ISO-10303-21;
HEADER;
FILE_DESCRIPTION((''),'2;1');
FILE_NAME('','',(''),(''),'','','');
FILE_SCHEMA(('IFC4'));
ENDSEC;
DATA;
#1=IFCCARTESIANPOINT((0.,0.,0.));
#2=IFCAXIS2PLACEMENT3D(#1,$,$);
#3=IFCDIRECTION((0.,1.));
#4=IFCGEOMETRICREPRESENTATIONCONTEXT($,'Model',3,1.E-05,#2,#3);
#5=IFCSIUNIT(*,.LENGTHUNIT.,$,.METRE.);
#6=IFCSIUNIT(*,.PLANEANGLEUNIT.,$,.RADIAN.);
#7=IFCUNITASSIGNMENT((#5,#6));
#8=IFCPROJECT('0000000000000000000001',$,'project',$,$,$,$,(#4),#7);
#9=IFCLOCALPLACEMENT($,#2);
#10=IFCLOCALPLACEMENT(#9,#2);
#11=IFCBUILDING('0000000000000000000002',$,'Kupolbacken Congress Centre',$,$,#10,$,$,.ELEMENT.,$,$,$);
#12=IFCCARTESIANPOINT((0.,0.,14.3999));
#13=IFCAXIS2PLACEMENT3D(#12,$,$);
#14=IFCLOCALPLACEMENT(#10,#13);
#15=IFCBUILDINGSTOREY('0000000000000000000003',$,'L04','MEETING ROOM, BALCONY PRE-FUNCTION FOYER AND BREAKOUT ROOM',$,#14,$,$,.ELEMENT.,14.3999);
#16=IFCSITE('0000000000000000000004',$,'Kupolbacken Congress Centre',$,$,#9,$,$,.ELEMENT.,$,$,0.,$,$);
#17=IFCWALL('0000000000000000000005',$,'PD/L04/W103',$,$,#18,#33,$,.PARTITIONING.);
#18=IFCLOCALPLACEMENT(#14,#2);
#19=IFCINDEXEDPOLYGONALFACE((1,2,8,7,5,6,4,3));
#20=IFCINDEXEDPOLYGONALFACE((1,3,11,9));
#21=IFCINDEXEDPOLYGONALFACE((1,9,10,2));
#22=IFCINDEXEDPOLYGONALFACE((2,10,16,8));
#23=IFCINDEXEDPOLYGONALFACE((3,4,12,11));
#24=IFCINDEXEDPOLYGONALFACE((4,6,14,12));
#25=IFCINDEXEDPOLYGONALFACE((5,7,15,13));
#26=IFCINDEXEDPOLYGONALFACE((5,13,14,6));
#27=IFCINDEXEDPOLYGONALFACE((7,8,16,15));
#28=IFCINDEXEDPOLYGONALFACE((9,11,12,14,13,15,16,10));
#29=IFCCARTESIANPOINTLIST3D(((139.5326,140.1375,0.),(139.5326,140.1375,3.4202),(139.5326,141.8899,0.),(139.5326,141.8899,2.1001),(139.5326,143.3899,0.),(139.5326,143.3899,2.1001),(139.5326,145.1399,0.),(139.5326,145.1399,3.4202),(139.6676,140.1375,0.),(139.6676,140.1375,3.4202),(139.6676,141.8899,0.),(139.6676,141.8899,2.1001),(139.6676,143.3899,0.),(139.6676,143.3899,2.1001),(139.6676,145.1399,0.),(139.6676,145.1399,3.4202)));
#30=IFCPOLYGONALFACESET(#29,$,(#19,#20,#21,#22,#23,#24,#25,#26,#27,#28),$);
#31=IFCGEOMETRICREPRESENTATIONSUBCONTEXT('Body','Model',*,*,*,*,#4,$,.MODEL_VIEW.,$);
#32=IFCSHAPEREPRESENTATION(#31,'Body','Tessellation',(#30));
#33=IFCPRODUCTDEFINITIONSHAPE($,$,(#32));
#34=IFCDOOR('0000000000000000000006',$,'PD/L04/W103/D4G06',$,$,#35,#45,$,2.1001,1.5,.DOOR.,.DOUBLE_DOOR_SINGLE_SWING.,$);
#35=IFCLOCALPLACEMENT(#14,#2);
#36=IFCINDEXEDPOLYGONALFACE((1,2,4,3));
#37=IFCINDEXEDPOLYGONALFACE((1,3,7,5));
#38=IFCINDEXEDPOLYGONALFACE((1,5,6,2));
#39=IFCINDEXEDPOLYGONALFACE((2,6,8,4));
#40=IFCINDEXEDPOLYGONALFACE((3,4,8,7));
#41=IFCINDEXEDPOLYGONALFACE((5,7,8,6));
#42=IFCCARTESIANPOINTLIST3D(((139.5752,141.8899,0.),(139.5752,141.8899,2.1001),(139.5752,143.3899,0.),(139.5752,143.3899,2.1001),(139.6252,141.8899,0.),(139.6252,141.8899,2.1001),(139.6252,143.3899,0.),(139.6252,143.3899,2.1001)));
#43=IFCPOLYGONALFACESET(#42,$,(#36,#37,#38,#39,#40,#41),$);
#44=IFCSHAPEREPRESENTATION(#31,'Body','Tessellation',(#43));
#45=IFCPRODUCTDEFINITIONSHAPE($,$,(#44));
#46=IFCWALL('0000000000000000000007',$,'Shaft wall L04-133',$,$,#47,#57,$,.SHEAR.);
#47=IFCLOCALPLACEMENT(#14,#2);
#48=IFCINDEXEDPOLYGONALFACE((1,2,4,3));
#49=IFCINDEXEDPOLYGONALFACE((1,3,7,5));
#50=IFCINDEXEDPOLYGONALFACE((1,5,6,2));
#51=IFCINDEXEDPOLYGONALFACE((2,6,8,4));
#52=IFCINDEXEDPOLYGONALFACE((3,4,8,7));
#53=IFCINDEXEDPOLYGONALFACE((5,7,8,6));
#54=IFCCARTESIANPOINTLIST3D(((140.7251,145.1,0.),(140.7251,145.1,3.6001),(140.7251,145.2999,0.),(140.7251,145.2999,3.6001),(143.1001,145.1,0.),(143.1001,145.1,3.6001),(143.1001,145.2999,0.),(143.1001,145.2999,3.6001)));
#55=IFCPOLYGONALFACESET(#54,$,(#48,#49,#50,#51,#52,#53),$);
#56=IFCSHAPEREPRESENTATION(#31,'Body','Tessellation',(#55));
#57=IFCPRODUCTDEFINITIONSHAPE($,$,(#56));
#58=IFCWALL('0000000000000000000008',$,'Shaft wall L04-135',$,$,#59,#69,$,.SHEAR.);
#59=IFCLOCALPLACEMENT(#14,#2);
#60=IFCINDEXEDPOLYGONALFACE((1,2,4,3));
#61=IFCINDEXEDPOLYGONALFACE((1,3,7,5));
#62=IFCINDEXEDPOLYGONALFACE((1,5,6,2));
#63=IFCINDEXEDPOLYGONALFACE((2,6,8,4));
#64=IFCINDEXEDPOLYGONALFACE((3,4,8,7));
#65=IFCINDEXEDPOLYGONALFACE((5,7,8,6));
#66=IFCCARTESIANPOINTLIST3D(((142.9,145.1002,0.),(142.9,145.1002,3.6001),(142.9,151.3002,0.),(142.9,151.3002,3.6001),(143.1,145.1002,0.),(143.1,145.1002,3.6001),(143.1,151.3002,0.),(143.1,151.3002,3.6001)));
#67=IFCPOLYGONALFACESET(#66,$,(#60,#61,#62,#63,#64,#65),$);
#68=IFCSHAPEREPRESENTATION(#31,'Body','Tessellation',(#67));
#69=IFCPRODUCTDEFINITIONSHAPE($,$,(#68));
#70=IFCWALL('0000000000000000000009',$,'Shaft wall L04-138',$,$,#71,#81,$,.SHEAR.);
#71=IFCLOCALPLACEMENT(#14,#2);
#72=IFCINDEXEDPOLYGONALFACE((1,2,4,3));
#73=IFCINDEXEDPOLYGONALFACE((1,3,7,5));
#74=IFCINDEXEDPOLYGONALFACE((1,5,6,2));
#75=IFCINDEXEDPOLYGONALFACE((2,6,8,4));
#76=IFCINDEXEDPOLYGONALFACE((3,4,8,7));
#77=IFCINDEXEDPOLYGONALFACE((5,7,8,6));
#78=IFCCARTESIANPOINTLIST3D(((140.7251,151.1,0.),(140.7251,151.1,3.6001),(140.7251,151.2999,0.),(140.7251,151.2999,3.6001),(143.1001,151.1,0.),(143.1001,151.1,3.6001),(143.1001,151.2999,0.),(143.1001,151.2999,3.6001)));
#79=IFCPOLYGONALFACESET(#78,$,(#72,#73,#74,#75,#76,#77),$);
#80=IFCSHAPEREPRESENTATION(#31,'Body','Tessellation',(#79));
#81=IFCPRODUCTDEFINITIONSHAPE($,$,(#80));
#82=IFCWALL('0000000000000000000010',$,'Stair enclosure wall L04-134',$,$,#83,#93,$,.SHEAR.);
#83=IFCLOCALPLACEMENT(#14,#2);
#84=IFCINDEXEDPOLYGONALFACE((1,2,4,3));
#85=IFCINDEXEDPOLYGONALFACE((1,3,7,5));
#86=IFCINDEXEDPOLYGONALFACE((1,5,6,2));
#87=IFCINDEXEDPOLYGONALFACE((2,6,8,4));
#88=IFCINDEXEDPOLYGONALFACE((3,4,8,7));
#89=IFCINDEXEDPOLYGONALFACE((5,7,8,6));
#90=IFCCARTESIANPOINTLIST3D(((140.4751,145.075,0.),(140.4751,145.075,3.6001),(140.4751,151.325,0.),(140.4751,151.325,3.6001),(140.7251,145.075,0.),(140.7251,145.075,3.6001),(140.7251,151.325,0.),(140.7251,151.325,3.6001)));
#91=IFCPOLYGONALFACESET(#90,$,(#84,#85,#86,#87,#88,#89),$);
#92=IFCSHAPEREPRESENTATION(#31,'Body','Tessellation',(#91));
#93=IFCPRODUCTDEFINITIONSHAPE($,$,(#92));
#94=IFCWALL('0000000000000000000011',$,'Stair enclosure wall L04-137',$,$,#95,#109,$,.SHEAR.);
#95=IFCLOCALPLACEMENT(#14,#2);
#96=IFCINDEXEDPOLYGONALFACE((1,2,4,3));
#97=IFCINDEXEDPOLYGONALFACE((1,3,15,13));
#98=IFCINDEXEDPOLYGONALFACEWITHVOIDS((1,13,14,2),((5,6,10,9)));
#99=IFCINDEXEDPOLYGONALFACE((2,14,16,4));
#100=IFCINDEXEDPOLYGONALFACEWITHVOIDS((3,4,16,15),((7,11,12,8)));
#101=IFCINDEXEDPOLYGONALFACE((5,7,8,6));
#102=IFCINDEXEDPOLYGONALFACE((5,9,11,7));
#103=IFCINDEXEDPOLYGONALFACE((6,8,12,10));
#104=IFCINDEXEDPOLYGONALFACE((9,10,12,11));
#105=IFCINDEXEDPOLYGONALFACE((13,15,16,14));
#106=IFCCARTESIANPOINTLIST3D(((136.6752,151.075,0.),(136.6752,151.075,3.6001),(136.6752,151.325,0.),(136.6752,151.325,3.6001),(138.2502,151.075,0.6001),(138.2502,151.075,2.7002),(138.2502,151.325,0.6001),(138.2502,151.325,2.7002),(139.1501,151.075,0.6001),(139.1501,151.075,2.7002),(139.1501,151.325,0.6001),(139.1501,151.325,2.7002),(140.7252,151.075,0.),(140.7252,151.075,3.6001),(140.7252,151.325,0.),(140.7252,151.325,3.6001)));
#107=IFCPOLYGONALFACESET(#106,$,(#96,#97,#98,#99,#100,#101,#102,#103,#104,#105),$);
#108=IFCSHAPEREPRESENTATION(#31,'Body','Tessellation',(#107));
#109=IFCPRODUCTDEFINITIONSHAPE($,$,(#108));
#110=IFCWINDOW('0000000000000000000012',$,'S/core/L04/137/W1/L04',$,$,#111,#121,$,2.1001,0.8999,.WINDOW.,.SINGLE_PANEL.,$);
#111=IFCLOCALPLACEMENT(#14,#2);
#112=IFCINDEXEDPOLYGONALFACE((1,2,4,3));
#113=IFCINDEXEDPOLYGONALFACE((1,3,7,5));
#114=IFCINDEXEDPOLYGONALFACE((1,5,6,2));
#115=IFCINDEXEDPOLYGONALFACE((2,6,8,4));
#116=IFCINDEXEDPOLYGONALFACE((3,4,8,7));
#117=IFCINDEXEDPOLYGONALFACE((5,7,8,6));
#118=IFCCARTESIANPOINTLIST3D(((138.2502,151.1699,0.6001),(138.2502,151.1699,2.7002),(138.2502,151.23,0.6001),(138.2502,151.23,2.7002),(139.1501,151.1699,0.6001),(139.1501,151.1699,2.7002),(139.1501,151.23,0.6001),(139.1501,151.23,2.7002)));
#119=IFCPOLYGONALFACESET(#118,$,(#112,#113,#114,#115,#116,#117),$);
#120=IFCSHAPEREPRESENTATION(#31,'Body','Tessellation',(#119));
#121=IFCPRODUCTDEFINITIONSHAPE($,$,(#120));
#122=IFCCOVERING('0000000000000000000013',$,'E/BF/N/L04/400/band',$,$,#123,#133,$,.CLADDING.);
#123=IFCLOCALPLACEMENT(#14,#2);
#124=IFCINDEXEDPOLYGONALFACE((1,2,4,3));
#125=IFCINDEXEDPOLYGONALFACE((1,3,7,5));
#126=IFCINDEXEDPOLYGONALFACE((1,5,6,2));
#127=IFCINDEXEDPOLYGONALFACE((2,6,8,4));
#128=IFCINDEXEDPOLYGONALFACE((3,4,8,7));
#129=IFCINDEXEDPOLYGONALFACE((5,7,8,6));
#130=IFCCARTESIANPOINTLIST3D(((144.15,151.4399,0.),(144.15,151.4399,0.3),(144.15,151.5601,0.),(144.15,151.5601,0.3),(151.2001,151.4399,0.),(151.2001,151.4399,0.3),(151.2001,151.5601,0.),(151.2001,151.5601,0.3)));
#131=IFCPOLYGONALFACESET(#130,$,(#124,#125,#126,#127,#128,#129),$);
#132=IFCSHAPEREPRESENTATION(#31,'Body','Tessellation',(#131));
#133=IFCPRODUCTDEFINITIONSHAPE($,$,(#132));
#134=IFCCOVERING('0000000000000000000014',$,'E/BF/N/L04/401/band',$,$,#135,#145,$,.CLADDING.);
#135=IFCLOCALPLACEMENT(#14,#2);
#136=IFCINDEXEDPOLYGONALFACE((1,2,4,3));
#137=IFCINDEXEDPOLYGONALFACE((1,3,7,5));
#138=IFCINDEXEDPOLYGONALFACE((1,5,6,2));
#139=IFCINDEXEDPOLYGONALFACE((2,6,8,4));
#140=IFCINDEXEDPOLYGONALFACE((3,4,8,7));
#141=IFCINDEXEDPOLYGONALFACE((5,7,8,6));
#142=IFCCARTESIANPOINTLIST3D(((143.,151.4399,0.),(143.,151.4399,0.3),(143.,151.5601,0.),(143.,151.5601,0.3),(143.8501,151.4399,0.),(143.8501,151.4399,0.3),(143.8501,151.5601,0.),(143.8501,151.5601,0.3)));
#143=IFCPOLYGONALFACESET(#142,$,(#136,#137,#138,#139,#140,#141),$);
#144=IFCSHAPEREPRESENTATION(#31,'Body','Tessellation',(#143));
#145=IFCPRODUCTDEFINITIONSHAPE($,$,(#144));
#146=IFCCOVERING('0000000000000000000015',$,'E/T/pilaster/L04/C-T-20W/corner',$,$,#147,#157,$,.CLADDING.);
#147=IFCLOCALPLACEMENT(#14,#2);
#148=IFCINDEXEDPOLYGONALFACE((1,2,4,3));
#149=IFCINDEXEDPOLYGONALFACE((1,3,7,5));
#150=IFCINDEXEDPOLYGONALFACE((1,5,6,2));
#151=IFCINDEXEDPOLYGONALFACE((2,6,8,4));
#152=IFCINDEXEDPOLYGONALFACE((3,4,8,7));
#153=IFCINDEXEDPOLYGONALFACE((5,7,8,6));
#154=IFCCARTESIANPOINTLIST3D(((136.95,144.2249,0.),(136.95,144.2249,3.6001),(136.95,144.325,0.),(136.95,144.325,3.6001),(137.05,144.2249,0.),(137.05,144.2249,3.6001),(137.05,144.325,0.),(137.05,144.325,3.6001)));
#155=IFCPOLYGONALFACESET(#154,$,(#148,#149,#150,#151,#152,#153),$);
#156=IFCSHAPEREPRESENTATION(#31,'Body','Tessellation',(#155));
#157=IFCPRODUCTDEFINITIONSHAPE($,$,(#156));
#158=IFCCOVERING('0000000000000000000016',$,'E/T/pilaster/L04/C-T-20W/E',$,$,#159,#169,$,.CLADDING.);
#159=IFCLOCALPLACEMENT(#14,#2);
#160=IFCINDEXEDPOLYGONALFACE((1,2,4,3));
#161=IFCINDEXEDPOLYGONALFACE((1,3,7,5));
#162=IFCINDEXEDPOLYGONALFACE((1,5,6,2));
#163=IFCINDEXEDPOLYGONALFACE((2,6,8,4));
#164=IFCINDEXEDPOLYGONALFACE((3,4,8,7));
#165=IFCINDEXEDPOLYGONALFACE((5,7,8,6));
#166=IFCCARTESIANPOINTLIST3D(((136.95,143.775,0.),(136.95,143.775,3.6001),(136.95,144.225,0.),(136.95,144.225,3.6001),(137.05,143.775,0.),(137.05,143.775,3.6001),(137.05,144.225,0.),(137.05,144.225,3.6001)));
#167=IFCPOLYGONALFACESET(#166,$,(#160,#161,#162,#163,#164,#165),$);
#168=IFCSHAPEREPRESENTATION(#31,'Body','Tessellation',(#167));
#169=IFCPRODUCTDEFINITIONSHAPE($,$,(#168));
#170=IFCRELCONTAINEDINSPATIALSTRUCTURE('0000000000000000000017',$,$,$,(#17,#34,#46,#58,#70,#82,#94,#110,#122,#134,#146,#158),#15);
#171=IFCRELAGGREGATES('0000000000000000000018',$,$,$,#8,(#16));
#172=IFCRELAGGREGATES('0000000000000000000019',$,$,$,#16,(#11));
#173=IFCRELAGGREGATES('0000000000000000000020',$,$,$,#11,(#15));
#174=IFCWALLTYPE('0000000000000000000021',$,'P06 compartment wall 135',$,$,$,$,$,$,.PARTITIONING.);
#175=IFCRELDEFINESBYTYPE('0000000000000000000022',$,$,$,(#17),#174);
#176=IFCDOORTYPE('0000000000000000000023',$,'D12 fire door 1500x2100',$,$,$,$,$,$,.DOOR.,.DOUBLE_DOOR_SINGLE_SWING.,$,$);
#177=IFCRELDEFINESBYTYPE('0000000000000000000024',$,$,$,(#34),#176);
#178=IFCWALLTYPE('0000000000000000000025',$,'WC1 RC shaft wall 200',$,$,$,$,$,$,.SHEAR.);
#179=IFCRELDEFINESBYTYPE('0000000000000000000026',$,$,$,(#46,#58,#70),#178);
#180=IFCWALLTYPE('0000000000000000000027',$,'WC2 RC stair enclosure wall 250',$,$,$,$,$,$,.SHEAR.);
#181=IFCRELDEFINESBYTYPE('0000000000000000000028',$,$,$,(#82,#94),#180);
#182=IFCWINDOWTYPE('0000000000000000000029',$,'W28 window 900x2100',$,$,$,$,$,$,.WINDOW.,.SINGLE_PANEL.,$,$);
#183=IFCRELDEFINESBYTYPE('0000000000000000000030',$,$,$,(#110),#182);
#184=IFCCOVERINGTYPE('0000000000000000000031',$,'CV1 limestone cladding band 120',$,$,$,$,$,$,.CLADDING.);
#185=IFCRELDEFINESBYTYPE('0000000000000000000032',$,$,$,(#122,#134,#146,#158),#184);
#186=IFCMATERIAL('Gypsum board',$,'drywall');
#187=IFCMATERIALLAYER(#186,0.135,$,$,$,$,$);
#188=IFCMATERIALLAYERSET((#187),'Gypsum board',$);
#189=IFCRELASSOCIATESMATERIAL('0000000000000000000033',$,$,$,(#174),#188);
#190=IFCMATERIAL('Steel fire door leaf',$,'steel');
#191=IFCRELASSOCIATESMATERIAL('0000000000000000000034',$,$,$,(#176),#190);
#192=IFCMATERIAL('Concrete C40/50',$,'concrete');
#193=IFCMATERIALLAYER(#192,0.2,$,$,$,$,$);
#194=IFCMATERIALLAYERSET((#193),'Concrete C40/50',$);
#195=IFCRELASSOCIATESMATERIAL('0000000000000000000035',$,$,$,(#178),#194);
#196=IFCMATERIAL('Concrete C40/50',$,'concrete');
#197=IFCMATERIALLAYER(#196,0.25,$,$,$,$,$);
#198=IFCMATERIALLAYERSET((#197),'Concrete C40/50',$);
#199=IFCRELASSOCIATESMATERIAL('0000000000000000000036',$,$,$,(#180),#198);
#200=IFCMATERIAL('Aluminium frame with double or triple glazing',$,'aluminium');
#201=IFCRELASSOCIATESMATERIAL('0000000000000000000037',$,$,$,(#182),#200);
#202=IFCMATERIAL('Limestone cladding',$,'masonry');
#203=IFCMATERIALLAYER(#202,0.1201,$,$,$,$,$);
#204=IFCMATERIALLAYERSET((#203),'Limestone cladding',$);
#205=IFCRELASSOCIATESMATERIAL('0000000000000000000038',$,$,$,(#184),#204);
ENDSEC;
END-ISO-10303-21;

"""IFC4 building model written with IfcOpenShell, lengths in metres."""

from ifc_helpers import new_model, si_unit, direction, frame, frame_2d, origin, origin_2d, place, context, subcontext, project, spatial, rectangle, extrude, material, layer, layer_set, type_object, element, fill, save


model = new_model("IFC4")

# Units and contexts
model_context = context("Model", 3, precision=1e-05, world=origin(), true_north=direction((0.0, 1.0)))
body_context = subcontext(model_context, "Body", "Model", "MODEL_VIEW")
ifc_project = project(units=[si_unit("LENGTHUNIT", "METRE"), si_unit("PLANEANGLEUNIT", "RADIAN")], contexts=[model_context])

# Site, building, storey
site_placement = place(None, origin())
site = spatial("IfcSite", under=ifc_project, at=site_placement, Name="Kupolbacken Congress Centre", CompositionType="ELEMENT", RefElevation=0.0)
building_placement = place(site_placement, origin())
building = spatial("IfcBuilding", under=site, at=building_placement, Name="Kupolbacken Congress Centre", CompositionType="ELEMENT")
storey_placement = place(building_placement, frame((0.0, 0.0, 14.3999)))
storey = spatial("IfcBuildingStorey", under=building, at=storey_placement, Name="L04", Description="MEETING ROOM, BALCONY PRE-FUNCTION FOYER AND BREAKOUT ROOM", CompositionType="ELEMENT", Elevation=14.3999)

# Wall, opening, door
ifc_material_1 = material(Name="Gypsum board", Category="drywall")
ifc_layer_1 = layer(ifc_material_1, 0.135)
ifc_layer_set_1 = layer_set([ifc_layer_1], Name="Gypsum board")
wall_type_1 = type_object("IfcWallType", Name="P06 compartment wall 135", PredefinedType="PARTITIONING", material=ifc_layer_set_1)
wall_1_placement = place(storey_placement, frame((139.6001, 145.1399, 0.0), z_axis=(0.0, 0.0, 1.0), x_axis=(0.0, -1.0, 0.0)))
wall_1 = element("IfcWall", 1, at=wall_1_placement, inside=storey, type_object=wall_type_1, Name="PD/L04/W103", PredefinedType="PARTITIONING", context=body_context, shape_type="SweptSolid", body=[
    extrude(rectangle(XDim=5.0024, YDim=0.135, at=frame_2d((2.5012, 0.0))), origin(), (0.0, 0.0, 1.0), 3.4202),
])
opening_1_placement = place(wall_1_placement, frame((1.75, 0.0, 0.0)))
opening_1 = element("IfcOpeningElement", 2, at=opening_1_placement, cuts=wall_1, PredefinedType="OPENING", context=body_context, shape_type="SweptSolid", body=[
    extrude(rectangle(XDim=1.5, YDim=2.1001, at=frame_2d((0.75, 1.05))), frame((0.0, 0.0774, 0.0), z_axis=(0.0, -1.0, 0.0), x_axis=(1.0, 0.0, 0.0)), (0.0, 0.0, 1.0), 0.155),
])
ifc_material_2 = material(Name="Steel fire door leaf", Category="steel")
door_type = type_object("IfcDoorType", Name="D12 fire door 1500x2100", OperationType="DOUBLE_DOOR_SINGLE_SWING", PredefinedType="DOOR", material=ifc_material_2)
door_placement = place(opening_1_placement, frame((1.5, 0.0, 0.0), z_axis=(0.0, 0.0, 1.0), x_axis=(-1.0, 0.0, 0.0)))
door = element("IfcDoor", 3, at=door_placement, inside=storey, type_object=door_type, Name="PD/L04/W103/D4G06", OperationType="DOUBLE_DOOR_SINGLE_SWING", OverallHeight=2.1001, OverallWidth=1.5, PredefinedType="DOOR", context=body_context, shape_type="SweptSolid", body=[
    extrude(rectangle(XDim=1.5, YDim=2.1001, at=frame_2d((0.75, 1.05))), frame((0.0, 0.0249, 0.0), z_axis=(0.0, -1.0, 0.0), x_axis=(1.0, 0.0, 0.0)), (0.0, 0.0, 1.0), 0.05),
])
fill(opening_1, door)

# Walls
ifc_material_3 = material(Name="Concrete C40/50", Category="concrete")
ifc_layer_2 = layer(ifc_material_3, 0.2)
ifc_layer_set_2 = layer_set([ifc_layer_2], Name="Concrete C40/50")
wall_type_2 = type_object("IfcWallType", Name="WC1 RC shaft wall 200", PredefinedType="SHEAR", material=ifc_layer_set_2)
wall_2_placement = place(storey_placement, frame((140.7251, 145.2, 0.0), z_axis=(0.0, 0.0, 1.0), x_axis=(1.0, 0.0, 0.0)))
element("IfcWall", 4, at=wall_2_placement, inside=storey, type_object=wall_type_2, Name="Shaft wall L04-133", PredefinedType="SHEAR", context=body_context, shape_type="SweptSolid", body=[
    extrude(rectangle(XDim=2.375, YDim=0.2, at=frame_2d((1.1875, 0.0))), origin(), (0.0, 0.0, 1.0), 3.6001),
])
wall_3_placement = place(storey_placement, frame((143.0, 145.1001, 0.0), z_axis=(0.0, 0.0, 1.0), x_axis=(0.0, 1.0, 0.0)))
element("IfcWall", 5, at=wall_3_placement, inside=storey, type_object=wall_type_2, Name="Shaft wall L04-135", PredefinedType="SHEAR", context=body_context, shape_type="SweptSolid", body=[
    extrude(rectangle(XDim=6.2, YDim=0.2, at=frame_2d((3.1001, 0.0))), origin(), (0.0, 0.0, 1.0), 3.6001),
])
wall_4_placement = place(storey_placement, frame((143.1001, 151.2, 0.0), z_axis=(0.0, 0.0, 1.0), x_axis=(-1.0, 0.0, 0.0)))
element("IfcWall", 6, at=wall_4_placement, inside=storey, type_object=wall_type_2, Name="Shaft wall L04-138", PredefinedType="SHEAR", context=body_context, shape_type="SweptSolid", body=[
    extrude(rectangle(XDim=2.375, YDim=0.2, at=frame_2d((1.1875, 0.0))), origin(), (0.0, 0.0, 1.0), 3.6001),
])
ifc_material_4 = material(Name="Concrete C40/50", Category="concrete")
ifc_layer_3 = layer(ifc_material_4, 0.25)
ifc_layer_set_3 = layer_set([ifc_layer_3], Name="Concrete C40/50")
wall_type_3 = type_object("IfcWallType", Name="WC2 RC stair enclosure wall 250", PredefinedType="SHEAR", material=ifc_layer_set_3)
wall_5_placement = place(storey_placement, frame((140.6001, 145.075, 0.0), z_axis=(0.0, 0.0, 1.0), x_axis=(0.0, 1.0, 0.0)))
element("IfcWall", 7, at=wall_5_placement, inside=storey, type_object=wall_type_3, Name="Stair enclosure wall L04-134", PredefinedType="SHEAR", context=body_context, shape_type="SweptSolid", body=[
    extrude(rectangle(XDim=6.25, YDim=0.25, at=frame_2d((3.125, 0.0))), origin(), (0.0, 0.0, 1.0), 3.6001),
])

# Wall, opening, window
wall_6_placement = place(storey_placement, frame((140.7251, 151.2, 0.0), z_axis=(0.0, 0.0, 1.0), x_axis=(-1.0, 0.0, 0.0)))
wall_6 = element("IfcWall", 8, at=wall_6_placement, inside=storey, type_object=wall_type_3, Name="Stair enclosure wall L04-137", PredefinedType="SHEAR", context=body_context, shape_type="SweptSolid", body=[
    extrude(rectangle(XDim=4.05, YDim=0.25, at=frame_2d((2.0249, 0.0))), origin(), (0.0, 0.0, 1.0), 3.6001),
])
opening_2_placement = place(wall_6_placement, frame((1.575, 0.0, 0.6001)))
opening_2 = element("IfcOpeningElement", 9, at=opening_2_placement, cuts=wall_6, PredefinedType="OPENING", context=body_context, shape_type="SweptSolid", body=[
    extrude(rectangle(XDim=0.8999, YDim=2.1001, at=frame_2d((0.45, 1.05))), frame((0.0, 0.135, 0.0), z_axis=(0.0, -1.0, 0.0), x_axis=(1.0, 0.0, 0.0)), (0.0, 0.0, 1.0), 0.27),
])
ifc_material_5 = material(Name="Aluminium frame with double or triple glazing", Category="aluminium")
window_type = type_object("IfcWindowType", Name="W28 window 900x2100", PartitioningType="SINGLE_PANEL", PredefinedType="WINDOW", material=ifc_material_5)
window_placement = place(opening_2_placement, origin())
window = element("IfcWindow", 10, at=window_placement, inside=storey, type_object=window_type, Name="S/core/L04/137/W1/L04", OverallHeight=2.1001, OverallWidth=0.8999, PartitioningType="SINGLE_PANEL", PredefinedType="WINDOW", context=body_context, shape_type="SweptSolid", body=[
    extrude(rectangle(XDim=0.8999, YDim=2.1001, at=frame_2d((0.45, 1.05))), frame((0.0, 0.03, 0.0), z_axis=(0.0, -1.0, 0.0), x_axis=(1.0, 0.0, 0.0)), (0.0, 0.0, 1.0), 0.0601),
])
fill(opening_2, window)

# Coverings
ifc_material_6 = material(Name="Limestone cladding", Category="masonry")
ifc_layer_4 = layer(ifc_material_6, 0.1201)
ifc_layer_set_4 = layer_set([ifc_layer_4], Name="Limestone cladding")
covering_type_1 = type_object("IfcCoveringType", Name="CV1 limestone cladding band 120", PredefinedType="CLADDING", material=ifc_layer_set_4)
covering_1_placement = place(storey_placement, frame((147.675, 151.5, 0.0), z_axis=(0.0, 0.0, 1.0), x_axis=(-1.0, 0.0, 0.0)))
element("IfcCovering", 11, at=covering_1_placement, inside=storey, type_object=covering_type_1, Name="E/BF/N/L04/400/band", PredefinedType="CLADDING", context=body_context, shape_type="SweptSolid", body=[
    extrude(rectangle(XDim=7.05, YDim=0.1201, at=origin_2d()), origin(), (0.0, 0.0, 1.0), 0.3),
])
covering_2_placement = place(storey_placement, frame((143.425, 151.5, 0.0), z_axis=(0.0, 0.0, 1.0), x_axis=(-1.0, 0.0, 0.0)))
element("IfcCovering", 12, at=covering_2_placement, inside=storey, type_object=covering_type_1, Name="E/BF/N/L04/401/band", PredefinedType="CLADDING", context=body_context, shape_type="SweptSolid", body=[
    extrude(rectangle(XDim=0.8501, YDim=0.1201, at=origin_2d()), origin(), (0.0, 0.0, 1.0), 0.3),
])
covering_3_placement = place(storey_placement, frame((137.0, 144.2749, 0.0), z_axis=(0.0, 0.0, 1.0), x_axis=(1.0, 0.0, 0.0)))
element("IfcCovering", 13, at=covering_3_placement, inside=storey, type_object=covering_type_1, Name="E/T/pilaster/L04/C-T-20W/corner", PredefinedType="CLADDING", context=body_context, shape_type="SweptSolid", body=[
    extrude(rectangle(XDim=0.1001, YDim=0.1001, at=origin_2d()), origin(), (0.0, 0.0, 1.0), 3.6001),
])
covering_4_placement = place(storey_placement, frame((137.0, 144.0, 0.0), z_axis=(0.0, 0.0, 1.0), x_axis=(1.0, 0.0, 0.0)))
element("IfcCovering", 14, at=covering_4_placement, inside=storey, type_object=covering_type_1, Name="E/T/pilaster/L04/C-T-20W/E", PredefinedType="CLADDING", context=body_context, shape_type="SweptSolid", body=[
    extrude(rectangle(XDim=0.1001, YDim=0.45, at=origin_2d()), origin(), (0.0, 0.0, 1.0), 3.6001),
])

save(model, "model.ifc")
